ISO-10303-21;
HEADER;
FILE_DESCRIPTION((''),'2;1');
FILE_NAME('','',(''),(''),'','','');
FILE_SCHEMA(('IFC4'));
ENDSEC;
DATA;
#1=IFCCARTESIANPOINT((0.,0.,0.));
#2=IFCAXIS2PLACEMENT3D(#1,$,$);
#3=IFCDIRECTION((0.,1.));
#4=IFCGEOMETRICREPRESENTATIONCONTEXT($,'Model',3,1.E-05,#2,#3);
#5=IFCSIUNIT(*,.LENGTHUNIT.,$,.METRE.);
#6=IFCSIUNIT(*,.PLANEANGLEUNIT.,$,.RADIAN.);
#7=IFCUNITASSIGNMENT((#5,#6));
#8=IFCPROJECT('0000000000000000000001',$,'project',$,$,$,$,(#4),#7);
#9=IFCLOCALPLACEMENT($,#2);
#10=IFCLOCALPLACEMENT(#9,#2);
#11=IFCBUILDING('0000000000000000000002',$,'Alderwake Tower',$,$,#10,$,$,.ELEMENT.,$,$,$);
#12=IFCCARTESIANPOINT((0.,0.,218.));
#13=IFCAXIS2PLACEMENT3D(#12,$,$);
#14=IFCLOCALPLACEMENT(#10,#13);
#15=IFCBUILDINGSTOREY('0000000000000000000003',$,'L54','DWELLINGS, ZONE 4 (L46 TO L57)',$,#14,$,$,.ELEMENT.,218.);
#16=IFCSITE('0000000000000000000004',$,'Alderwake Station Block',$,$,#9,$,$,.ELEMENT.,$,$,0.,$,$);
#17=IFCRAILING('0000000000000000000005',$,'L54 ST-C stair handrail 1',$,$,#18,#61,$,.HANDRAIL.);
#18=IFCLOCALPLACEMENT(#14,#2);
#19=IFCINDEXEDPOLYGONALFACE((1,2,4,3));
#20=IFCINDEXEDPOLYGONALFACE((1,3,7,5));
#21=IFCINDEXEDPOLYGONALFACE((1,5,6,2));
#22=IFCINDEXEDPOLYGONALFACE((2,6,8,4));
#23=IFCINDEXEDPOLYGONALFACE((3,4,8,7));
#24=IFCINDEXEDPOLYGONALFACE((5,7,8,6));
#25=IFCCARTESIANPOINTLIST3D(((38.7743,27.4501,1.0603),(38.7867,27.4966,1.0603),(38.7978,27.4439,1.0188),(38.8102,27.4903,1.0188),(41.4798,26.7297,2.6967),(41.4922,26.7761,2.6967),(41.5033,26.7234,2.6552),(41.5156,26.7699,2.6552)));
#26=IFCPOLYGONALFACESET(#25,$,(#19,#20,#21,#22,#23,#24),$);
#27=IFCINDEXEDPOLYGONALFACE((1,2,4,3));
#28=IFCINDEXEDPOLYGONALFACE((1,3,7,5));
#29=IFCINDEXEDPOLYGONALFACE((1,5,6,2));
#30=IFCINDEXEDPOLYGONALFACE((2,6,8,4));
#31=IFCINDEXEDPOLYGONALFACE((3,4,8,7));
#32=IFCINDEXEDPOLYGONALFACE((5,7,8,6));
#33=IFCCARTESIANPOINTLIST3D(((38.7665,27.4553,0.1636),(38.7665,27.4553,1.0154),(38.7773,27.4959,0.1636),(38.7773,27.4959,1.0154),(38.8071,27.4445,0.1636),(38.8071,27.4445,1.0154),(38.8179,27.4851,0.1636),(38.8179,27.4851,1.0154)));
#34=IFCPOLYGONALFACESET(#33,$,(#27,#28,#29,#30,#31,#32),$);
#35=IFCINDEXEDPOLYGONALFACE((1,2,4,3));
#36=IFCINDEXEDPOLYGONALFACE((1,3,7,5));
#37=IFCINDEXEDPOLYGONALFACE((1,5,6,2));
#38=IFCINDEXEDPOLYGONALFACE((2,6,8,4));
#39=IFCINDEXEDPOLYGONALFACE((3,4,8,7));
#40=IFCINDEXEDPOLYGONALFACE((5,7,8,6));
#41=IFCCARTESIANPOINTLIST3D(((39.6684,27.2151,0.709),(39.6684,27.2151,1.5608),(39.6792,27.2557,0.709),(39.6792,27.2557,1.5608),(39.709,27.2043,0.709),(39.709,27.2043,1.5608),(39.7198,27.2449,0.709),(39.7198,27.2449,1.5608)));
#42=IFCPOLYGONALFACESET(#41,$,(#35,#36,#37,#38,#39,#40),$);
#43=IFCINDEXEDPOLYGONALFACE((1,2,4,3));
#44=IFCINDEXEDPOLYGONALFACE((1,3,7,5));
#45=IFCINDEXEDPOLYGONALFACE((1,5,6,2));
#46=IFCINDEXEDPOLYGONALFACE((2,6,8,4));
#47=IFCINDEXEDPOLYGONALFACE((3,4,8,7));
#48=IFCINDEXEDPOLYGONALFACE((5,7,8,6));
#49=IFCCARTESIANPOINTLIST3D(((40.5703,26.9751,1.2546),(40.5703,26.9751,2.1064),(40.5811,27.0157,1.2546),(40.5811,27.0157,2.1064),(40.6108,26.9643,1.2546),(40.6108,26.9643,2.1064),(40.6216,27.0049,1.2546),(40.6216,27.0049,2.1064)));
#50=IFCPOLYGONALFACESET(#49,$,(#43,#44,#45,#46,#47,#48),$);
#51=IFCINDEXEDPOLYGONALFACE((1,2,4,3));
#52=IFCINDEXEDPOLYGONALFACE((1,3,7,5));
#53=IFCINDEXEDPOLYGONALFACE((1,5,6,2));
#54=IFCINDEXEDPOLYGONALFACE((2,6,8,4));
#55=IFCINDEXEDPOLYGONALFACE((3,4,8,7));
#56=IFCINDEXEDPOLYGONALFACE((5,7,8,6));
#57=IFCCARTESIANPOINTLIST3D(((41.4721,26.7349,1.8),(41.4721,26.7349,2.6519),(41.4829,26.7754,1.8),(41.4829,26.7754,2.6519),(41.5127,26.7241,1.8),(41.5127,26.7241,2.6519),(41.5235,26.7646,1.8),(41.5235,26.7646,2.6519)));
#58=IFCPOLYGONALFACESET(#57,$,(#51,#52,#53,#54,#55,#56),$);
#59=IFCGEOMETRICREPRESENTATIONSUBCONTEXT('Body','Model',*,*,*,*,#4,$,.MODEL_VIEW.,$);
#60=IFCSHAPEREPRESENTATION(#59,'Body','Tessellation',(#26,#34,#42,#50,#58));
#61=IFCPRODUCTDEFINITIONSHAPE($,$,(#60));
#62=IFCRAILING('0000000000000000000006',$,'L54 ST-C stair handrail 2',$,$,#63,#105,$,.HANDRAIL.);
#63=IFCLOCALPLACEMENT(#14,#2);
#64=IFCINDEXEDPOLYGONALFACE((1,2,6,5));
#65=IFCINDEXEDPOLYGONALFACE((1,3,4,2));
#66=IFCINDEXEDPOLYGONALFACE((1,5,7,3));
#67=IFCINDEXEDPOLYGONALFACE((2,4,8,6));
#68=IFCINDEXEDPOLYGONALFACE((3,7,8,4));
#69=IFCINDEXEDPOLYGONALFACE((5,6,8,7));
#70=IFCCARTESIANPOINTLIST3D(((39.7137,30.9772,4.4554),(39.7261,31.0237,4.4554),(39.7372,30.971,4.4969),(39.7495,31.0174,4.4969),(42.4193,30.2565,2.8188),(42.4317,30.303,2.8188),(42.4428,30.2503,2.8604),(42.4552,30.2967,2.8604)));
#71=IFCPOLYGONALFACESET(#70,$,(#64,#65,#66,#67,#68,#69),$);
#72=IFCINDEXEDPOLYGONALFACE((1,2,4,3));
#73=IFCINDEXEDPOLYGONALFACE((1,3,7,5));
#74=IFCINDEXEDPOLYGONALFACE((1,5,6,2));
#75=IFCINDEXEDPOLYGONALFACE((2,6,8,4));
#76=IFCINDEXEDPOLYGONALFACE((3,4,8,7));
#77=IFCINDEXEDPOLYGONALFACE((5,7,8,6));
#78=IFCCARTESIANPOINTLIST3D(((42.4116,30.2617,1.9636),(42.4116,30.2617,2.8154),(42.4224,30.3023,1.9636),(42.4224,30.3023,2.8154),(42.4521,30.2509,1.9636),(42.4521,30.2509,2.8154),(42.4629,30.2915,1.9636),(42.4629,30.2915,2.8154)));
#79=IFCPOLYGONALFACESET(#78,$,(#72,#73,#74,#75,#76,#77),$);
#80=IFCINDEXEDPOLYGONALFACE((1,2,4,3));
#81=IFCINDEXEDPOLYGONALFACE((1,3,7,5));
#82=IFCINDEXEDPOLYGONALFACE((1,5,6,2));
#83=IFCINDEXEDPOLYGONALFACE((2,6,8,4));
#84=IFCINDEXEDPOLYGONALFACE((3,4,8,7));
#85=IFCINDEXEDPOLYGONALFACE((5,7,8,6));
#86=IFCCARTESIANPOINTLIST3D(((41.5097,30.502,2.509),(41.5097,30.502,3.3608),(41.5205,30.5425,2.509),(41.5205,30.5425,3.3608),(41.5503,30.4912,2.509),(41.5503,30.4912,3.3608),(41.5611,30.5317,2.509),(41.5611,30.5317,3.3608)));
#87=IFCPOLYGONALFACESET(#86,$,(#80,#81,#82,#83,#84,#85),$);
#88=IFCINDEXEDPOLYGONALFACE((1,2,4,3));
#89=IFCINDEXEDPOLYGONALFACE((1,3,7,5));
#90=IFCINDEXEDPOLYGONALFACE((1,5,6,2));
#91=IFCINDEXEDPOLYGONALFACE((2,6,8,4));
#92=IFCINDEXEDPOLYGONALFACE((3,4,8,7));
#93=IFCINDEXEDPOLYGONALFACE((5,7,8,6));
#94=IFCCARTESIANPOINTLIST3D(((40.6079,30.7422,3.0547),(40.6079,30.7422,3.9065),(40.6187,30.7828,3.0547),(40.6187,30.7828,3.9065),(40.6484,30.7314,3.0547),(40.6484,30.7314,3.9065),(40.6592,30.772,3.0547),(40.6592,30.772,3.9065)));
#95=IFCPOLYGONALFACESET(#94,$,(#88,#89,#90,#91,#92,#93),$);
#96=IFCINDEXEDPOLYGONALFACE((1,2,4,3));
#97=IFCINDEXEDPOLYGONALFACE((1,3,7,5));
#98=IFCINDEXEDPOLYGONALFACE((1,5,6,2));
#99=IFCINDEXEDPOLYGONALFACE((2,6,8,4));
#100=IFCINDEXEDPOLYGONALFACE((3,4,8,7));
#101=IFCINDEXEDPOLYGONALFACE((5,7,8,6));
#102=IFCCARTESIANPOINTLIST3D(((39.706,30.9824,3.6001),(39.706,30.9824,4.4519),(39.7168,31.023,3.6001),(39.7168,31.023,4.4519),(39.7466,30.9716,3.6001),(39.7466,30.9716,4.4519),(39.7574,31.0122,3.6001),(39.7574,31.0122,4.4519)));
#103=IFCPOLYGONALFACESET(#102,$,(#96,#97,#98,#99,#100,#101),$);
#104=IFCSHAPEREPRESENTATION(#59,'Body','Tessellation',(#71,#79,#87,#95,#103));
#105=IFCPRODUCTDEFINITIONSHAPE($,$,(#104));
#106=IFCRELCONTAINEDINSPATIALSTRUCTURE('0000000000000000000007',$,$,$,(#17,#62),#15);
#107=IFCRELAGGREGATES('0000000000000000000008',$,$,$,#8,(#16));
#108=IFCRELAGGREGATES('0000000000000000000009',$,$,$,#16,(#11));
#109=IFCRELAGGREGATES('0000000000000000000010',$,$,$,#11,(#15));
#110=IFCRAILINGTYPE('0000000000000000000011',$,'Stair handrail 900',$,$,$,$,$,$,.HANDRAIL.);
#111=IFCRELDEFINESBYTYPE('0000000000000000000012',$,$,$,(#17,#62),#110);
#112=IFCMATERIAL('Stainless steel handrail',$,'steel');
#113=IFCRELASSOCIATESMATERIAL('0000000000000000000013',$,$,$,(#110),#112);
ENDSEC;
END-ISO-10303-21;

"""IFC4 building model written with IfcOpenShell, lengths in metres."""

from ifc_helpers import new_model, si_unit, direction, frame, origin, origin_2d, place, context, subcontext, project, spatial, rectangle, extrude, material, type_object, element, save


model = new_model("IFC4")

# Units and contexts
model_context = context("Model", 3, precision=1e-05, world=origin(), true_north=direction((0.0, 1.0)))
body_context = subcontext(model_context, "Body", "Model", "MODEL_VIEW")
ifc_project = project(units=[si_unit("LENGTHUNIT", "METRE"), si_unit("PLANEANGLEUNIT", "RADIAN")], contexts=[model_context])

# Site, building, storey
site_placement = place(None, origin())
site = spatial("IfcSite", under=ifc_project, at=site_placement, Name="Alderwake Station Block", CompositionType="ELEMENT", RefElevation=0.0)
building_placement = place(site_placement, origin())
building = spatial("IfcBuilding", under=site, at=building_placement, Name="Alderwake Tower", CompositionType="ELEMENT")
storey_placement = place(building_placement, frame((0.0, 0.0, 218.0)))
storey = spatial("IfcBuildingStorey", under=building, at=storey_placement, Name="L54", Description="DWELLINGS, ZONE 4 (L46 TO L57)", CompositionType="ELEMENT", Elevation=218.0)

# Railings
ifc_material_1 = material(Name="Stainless steel handrail", Category="steel")
railing_type_1 = type_object("IfcRailingType", Name="Stair handrail 900", PredefinedType="HANDRAIL", material=ifc_material_1)
railing_1_placement = place(storey_placement, frame((38.7922, 27.4702, 0.1636)))
element("IfcRailing", 1, at=railing_1_placement, inside=storey, type_object=railing_type_1, Name="L54 ST-C stair handrail 1", PredefinedType="HANDRAIL", context=body_context, shape_type="SweptSolid", body=[
    extrude(rectangle(XDim=0.0481, YDim=0.0481, at=origin_2d()), frame((0.0, 0.0, 0.876), z_axis=(0.834273, -0.222157, 0.504614), x_axis=(0.257321, 0.966326, 0.0)), (0.0, 0.0, 1.0), 3.2429),
    extrude(rectangle(XDim=0.042, YDim=0.042, at=origin_2d()), frame((0.0, 0.0, 0.0), z_axis=(0.0, 0.0, 1.0), x_axis=(0.966326, -0.257321, 0.0)), (0.0, 0.0, 1.0), 0.8518),
    extrude(rectangle(XDim=0.042, YDim=0.042, at=origin_2d()), frame((0.9019, -0.2402, 0.5454), z_axis=(0.0, 0.0, 1.0), x_axis=(0.966326, -0.257321, 0.0)), (0.0, 0.0, 1.0), 0.8518),
    extrude(rectangle(XDim=0.042, YDim=0.042, at=origin_2d()), frame((1.8037, -0.4802, 1.0911), z_axis=(0.0, 0.0, 1.0), x_axis=(0.966326, -0.257321, 0.0)), (0.0, 0.0, 1.0), 0.8518),
    extrude(rectangle(XDim=0.042, YDim=0.042, at=origin_2d()), frame((2.7056, -0.7205, 1.6365), z_axis=(0.0, 0.0, 1.0), x_axis=(0.966326, -0.257321, 0.0)), (0.0, 0.0, 1.0), 0.8518),
])
railing_2_placement = place(storey_placement, frame((42.4373, 30.2766, 1.9636)))
element("IfcRailing", 2, at=railing_2_placement, inside=storey, type_object=railing_type_1, Name="L54 ST-C stair handrail 2", PredefinedType="HANDRAIL", context=body_context, shape_type="SweptSolid", body=[
    extrude(rectangle(XDim=0.0481, YDim=0.0481, at=origin_2d()), frame((0.0, 0.0, 0.876), z_axis=(-0.834259, 0.222228, 0.504605), x_axis=(-0.257402, -0.966304, 0.0)), (0.0, 0.0, 1.0), 3.2432),
    extrude(rectangle(XDim=0.042, YDim=0.042, at=origin_2d()), frame((0.0, 0.0, 0.0), z_axis=(0.0, 0.0, 1.0), x_axis=(-0.966304, 0.257402, 0.0)), (0.0, 0.0, 1.0), 0.8518),
    extrude(rectangle(XDim=0.042, YDim=0.042, at=origin_2d()), frame((-0.9019, 0.2402, 0.5454), z_axis=(0.0, 0.0, 1.0), x_axis=(-0.966304, 0.257402, 0.0)), (0.0, 0.0, 1.0), 0.8518),
    extrude(rectangle(XDim=0.042, YDim=0.042, at=origin_2d()), frame((-1.8037, 0.4805, 1.0911), z_axis=(0.0, 0.0, 1.0), x_axis=(-0.966304, 0.257402, 0.0)), (0.0, 0.0, 1.0), 0.8518),
    extrude(rectangle(XDim=0.042, YDim=0.042, at=origin_2d()), frame((-2.7056, 0.7207, 1.6365), z_axis=(0.0, 0.0, 1.0), x_axis=(-0.966304, 0.257402, 0.0)), (0.0, 0.0, 1.0), 0.8518),
])

save(model, "model.ifc")
